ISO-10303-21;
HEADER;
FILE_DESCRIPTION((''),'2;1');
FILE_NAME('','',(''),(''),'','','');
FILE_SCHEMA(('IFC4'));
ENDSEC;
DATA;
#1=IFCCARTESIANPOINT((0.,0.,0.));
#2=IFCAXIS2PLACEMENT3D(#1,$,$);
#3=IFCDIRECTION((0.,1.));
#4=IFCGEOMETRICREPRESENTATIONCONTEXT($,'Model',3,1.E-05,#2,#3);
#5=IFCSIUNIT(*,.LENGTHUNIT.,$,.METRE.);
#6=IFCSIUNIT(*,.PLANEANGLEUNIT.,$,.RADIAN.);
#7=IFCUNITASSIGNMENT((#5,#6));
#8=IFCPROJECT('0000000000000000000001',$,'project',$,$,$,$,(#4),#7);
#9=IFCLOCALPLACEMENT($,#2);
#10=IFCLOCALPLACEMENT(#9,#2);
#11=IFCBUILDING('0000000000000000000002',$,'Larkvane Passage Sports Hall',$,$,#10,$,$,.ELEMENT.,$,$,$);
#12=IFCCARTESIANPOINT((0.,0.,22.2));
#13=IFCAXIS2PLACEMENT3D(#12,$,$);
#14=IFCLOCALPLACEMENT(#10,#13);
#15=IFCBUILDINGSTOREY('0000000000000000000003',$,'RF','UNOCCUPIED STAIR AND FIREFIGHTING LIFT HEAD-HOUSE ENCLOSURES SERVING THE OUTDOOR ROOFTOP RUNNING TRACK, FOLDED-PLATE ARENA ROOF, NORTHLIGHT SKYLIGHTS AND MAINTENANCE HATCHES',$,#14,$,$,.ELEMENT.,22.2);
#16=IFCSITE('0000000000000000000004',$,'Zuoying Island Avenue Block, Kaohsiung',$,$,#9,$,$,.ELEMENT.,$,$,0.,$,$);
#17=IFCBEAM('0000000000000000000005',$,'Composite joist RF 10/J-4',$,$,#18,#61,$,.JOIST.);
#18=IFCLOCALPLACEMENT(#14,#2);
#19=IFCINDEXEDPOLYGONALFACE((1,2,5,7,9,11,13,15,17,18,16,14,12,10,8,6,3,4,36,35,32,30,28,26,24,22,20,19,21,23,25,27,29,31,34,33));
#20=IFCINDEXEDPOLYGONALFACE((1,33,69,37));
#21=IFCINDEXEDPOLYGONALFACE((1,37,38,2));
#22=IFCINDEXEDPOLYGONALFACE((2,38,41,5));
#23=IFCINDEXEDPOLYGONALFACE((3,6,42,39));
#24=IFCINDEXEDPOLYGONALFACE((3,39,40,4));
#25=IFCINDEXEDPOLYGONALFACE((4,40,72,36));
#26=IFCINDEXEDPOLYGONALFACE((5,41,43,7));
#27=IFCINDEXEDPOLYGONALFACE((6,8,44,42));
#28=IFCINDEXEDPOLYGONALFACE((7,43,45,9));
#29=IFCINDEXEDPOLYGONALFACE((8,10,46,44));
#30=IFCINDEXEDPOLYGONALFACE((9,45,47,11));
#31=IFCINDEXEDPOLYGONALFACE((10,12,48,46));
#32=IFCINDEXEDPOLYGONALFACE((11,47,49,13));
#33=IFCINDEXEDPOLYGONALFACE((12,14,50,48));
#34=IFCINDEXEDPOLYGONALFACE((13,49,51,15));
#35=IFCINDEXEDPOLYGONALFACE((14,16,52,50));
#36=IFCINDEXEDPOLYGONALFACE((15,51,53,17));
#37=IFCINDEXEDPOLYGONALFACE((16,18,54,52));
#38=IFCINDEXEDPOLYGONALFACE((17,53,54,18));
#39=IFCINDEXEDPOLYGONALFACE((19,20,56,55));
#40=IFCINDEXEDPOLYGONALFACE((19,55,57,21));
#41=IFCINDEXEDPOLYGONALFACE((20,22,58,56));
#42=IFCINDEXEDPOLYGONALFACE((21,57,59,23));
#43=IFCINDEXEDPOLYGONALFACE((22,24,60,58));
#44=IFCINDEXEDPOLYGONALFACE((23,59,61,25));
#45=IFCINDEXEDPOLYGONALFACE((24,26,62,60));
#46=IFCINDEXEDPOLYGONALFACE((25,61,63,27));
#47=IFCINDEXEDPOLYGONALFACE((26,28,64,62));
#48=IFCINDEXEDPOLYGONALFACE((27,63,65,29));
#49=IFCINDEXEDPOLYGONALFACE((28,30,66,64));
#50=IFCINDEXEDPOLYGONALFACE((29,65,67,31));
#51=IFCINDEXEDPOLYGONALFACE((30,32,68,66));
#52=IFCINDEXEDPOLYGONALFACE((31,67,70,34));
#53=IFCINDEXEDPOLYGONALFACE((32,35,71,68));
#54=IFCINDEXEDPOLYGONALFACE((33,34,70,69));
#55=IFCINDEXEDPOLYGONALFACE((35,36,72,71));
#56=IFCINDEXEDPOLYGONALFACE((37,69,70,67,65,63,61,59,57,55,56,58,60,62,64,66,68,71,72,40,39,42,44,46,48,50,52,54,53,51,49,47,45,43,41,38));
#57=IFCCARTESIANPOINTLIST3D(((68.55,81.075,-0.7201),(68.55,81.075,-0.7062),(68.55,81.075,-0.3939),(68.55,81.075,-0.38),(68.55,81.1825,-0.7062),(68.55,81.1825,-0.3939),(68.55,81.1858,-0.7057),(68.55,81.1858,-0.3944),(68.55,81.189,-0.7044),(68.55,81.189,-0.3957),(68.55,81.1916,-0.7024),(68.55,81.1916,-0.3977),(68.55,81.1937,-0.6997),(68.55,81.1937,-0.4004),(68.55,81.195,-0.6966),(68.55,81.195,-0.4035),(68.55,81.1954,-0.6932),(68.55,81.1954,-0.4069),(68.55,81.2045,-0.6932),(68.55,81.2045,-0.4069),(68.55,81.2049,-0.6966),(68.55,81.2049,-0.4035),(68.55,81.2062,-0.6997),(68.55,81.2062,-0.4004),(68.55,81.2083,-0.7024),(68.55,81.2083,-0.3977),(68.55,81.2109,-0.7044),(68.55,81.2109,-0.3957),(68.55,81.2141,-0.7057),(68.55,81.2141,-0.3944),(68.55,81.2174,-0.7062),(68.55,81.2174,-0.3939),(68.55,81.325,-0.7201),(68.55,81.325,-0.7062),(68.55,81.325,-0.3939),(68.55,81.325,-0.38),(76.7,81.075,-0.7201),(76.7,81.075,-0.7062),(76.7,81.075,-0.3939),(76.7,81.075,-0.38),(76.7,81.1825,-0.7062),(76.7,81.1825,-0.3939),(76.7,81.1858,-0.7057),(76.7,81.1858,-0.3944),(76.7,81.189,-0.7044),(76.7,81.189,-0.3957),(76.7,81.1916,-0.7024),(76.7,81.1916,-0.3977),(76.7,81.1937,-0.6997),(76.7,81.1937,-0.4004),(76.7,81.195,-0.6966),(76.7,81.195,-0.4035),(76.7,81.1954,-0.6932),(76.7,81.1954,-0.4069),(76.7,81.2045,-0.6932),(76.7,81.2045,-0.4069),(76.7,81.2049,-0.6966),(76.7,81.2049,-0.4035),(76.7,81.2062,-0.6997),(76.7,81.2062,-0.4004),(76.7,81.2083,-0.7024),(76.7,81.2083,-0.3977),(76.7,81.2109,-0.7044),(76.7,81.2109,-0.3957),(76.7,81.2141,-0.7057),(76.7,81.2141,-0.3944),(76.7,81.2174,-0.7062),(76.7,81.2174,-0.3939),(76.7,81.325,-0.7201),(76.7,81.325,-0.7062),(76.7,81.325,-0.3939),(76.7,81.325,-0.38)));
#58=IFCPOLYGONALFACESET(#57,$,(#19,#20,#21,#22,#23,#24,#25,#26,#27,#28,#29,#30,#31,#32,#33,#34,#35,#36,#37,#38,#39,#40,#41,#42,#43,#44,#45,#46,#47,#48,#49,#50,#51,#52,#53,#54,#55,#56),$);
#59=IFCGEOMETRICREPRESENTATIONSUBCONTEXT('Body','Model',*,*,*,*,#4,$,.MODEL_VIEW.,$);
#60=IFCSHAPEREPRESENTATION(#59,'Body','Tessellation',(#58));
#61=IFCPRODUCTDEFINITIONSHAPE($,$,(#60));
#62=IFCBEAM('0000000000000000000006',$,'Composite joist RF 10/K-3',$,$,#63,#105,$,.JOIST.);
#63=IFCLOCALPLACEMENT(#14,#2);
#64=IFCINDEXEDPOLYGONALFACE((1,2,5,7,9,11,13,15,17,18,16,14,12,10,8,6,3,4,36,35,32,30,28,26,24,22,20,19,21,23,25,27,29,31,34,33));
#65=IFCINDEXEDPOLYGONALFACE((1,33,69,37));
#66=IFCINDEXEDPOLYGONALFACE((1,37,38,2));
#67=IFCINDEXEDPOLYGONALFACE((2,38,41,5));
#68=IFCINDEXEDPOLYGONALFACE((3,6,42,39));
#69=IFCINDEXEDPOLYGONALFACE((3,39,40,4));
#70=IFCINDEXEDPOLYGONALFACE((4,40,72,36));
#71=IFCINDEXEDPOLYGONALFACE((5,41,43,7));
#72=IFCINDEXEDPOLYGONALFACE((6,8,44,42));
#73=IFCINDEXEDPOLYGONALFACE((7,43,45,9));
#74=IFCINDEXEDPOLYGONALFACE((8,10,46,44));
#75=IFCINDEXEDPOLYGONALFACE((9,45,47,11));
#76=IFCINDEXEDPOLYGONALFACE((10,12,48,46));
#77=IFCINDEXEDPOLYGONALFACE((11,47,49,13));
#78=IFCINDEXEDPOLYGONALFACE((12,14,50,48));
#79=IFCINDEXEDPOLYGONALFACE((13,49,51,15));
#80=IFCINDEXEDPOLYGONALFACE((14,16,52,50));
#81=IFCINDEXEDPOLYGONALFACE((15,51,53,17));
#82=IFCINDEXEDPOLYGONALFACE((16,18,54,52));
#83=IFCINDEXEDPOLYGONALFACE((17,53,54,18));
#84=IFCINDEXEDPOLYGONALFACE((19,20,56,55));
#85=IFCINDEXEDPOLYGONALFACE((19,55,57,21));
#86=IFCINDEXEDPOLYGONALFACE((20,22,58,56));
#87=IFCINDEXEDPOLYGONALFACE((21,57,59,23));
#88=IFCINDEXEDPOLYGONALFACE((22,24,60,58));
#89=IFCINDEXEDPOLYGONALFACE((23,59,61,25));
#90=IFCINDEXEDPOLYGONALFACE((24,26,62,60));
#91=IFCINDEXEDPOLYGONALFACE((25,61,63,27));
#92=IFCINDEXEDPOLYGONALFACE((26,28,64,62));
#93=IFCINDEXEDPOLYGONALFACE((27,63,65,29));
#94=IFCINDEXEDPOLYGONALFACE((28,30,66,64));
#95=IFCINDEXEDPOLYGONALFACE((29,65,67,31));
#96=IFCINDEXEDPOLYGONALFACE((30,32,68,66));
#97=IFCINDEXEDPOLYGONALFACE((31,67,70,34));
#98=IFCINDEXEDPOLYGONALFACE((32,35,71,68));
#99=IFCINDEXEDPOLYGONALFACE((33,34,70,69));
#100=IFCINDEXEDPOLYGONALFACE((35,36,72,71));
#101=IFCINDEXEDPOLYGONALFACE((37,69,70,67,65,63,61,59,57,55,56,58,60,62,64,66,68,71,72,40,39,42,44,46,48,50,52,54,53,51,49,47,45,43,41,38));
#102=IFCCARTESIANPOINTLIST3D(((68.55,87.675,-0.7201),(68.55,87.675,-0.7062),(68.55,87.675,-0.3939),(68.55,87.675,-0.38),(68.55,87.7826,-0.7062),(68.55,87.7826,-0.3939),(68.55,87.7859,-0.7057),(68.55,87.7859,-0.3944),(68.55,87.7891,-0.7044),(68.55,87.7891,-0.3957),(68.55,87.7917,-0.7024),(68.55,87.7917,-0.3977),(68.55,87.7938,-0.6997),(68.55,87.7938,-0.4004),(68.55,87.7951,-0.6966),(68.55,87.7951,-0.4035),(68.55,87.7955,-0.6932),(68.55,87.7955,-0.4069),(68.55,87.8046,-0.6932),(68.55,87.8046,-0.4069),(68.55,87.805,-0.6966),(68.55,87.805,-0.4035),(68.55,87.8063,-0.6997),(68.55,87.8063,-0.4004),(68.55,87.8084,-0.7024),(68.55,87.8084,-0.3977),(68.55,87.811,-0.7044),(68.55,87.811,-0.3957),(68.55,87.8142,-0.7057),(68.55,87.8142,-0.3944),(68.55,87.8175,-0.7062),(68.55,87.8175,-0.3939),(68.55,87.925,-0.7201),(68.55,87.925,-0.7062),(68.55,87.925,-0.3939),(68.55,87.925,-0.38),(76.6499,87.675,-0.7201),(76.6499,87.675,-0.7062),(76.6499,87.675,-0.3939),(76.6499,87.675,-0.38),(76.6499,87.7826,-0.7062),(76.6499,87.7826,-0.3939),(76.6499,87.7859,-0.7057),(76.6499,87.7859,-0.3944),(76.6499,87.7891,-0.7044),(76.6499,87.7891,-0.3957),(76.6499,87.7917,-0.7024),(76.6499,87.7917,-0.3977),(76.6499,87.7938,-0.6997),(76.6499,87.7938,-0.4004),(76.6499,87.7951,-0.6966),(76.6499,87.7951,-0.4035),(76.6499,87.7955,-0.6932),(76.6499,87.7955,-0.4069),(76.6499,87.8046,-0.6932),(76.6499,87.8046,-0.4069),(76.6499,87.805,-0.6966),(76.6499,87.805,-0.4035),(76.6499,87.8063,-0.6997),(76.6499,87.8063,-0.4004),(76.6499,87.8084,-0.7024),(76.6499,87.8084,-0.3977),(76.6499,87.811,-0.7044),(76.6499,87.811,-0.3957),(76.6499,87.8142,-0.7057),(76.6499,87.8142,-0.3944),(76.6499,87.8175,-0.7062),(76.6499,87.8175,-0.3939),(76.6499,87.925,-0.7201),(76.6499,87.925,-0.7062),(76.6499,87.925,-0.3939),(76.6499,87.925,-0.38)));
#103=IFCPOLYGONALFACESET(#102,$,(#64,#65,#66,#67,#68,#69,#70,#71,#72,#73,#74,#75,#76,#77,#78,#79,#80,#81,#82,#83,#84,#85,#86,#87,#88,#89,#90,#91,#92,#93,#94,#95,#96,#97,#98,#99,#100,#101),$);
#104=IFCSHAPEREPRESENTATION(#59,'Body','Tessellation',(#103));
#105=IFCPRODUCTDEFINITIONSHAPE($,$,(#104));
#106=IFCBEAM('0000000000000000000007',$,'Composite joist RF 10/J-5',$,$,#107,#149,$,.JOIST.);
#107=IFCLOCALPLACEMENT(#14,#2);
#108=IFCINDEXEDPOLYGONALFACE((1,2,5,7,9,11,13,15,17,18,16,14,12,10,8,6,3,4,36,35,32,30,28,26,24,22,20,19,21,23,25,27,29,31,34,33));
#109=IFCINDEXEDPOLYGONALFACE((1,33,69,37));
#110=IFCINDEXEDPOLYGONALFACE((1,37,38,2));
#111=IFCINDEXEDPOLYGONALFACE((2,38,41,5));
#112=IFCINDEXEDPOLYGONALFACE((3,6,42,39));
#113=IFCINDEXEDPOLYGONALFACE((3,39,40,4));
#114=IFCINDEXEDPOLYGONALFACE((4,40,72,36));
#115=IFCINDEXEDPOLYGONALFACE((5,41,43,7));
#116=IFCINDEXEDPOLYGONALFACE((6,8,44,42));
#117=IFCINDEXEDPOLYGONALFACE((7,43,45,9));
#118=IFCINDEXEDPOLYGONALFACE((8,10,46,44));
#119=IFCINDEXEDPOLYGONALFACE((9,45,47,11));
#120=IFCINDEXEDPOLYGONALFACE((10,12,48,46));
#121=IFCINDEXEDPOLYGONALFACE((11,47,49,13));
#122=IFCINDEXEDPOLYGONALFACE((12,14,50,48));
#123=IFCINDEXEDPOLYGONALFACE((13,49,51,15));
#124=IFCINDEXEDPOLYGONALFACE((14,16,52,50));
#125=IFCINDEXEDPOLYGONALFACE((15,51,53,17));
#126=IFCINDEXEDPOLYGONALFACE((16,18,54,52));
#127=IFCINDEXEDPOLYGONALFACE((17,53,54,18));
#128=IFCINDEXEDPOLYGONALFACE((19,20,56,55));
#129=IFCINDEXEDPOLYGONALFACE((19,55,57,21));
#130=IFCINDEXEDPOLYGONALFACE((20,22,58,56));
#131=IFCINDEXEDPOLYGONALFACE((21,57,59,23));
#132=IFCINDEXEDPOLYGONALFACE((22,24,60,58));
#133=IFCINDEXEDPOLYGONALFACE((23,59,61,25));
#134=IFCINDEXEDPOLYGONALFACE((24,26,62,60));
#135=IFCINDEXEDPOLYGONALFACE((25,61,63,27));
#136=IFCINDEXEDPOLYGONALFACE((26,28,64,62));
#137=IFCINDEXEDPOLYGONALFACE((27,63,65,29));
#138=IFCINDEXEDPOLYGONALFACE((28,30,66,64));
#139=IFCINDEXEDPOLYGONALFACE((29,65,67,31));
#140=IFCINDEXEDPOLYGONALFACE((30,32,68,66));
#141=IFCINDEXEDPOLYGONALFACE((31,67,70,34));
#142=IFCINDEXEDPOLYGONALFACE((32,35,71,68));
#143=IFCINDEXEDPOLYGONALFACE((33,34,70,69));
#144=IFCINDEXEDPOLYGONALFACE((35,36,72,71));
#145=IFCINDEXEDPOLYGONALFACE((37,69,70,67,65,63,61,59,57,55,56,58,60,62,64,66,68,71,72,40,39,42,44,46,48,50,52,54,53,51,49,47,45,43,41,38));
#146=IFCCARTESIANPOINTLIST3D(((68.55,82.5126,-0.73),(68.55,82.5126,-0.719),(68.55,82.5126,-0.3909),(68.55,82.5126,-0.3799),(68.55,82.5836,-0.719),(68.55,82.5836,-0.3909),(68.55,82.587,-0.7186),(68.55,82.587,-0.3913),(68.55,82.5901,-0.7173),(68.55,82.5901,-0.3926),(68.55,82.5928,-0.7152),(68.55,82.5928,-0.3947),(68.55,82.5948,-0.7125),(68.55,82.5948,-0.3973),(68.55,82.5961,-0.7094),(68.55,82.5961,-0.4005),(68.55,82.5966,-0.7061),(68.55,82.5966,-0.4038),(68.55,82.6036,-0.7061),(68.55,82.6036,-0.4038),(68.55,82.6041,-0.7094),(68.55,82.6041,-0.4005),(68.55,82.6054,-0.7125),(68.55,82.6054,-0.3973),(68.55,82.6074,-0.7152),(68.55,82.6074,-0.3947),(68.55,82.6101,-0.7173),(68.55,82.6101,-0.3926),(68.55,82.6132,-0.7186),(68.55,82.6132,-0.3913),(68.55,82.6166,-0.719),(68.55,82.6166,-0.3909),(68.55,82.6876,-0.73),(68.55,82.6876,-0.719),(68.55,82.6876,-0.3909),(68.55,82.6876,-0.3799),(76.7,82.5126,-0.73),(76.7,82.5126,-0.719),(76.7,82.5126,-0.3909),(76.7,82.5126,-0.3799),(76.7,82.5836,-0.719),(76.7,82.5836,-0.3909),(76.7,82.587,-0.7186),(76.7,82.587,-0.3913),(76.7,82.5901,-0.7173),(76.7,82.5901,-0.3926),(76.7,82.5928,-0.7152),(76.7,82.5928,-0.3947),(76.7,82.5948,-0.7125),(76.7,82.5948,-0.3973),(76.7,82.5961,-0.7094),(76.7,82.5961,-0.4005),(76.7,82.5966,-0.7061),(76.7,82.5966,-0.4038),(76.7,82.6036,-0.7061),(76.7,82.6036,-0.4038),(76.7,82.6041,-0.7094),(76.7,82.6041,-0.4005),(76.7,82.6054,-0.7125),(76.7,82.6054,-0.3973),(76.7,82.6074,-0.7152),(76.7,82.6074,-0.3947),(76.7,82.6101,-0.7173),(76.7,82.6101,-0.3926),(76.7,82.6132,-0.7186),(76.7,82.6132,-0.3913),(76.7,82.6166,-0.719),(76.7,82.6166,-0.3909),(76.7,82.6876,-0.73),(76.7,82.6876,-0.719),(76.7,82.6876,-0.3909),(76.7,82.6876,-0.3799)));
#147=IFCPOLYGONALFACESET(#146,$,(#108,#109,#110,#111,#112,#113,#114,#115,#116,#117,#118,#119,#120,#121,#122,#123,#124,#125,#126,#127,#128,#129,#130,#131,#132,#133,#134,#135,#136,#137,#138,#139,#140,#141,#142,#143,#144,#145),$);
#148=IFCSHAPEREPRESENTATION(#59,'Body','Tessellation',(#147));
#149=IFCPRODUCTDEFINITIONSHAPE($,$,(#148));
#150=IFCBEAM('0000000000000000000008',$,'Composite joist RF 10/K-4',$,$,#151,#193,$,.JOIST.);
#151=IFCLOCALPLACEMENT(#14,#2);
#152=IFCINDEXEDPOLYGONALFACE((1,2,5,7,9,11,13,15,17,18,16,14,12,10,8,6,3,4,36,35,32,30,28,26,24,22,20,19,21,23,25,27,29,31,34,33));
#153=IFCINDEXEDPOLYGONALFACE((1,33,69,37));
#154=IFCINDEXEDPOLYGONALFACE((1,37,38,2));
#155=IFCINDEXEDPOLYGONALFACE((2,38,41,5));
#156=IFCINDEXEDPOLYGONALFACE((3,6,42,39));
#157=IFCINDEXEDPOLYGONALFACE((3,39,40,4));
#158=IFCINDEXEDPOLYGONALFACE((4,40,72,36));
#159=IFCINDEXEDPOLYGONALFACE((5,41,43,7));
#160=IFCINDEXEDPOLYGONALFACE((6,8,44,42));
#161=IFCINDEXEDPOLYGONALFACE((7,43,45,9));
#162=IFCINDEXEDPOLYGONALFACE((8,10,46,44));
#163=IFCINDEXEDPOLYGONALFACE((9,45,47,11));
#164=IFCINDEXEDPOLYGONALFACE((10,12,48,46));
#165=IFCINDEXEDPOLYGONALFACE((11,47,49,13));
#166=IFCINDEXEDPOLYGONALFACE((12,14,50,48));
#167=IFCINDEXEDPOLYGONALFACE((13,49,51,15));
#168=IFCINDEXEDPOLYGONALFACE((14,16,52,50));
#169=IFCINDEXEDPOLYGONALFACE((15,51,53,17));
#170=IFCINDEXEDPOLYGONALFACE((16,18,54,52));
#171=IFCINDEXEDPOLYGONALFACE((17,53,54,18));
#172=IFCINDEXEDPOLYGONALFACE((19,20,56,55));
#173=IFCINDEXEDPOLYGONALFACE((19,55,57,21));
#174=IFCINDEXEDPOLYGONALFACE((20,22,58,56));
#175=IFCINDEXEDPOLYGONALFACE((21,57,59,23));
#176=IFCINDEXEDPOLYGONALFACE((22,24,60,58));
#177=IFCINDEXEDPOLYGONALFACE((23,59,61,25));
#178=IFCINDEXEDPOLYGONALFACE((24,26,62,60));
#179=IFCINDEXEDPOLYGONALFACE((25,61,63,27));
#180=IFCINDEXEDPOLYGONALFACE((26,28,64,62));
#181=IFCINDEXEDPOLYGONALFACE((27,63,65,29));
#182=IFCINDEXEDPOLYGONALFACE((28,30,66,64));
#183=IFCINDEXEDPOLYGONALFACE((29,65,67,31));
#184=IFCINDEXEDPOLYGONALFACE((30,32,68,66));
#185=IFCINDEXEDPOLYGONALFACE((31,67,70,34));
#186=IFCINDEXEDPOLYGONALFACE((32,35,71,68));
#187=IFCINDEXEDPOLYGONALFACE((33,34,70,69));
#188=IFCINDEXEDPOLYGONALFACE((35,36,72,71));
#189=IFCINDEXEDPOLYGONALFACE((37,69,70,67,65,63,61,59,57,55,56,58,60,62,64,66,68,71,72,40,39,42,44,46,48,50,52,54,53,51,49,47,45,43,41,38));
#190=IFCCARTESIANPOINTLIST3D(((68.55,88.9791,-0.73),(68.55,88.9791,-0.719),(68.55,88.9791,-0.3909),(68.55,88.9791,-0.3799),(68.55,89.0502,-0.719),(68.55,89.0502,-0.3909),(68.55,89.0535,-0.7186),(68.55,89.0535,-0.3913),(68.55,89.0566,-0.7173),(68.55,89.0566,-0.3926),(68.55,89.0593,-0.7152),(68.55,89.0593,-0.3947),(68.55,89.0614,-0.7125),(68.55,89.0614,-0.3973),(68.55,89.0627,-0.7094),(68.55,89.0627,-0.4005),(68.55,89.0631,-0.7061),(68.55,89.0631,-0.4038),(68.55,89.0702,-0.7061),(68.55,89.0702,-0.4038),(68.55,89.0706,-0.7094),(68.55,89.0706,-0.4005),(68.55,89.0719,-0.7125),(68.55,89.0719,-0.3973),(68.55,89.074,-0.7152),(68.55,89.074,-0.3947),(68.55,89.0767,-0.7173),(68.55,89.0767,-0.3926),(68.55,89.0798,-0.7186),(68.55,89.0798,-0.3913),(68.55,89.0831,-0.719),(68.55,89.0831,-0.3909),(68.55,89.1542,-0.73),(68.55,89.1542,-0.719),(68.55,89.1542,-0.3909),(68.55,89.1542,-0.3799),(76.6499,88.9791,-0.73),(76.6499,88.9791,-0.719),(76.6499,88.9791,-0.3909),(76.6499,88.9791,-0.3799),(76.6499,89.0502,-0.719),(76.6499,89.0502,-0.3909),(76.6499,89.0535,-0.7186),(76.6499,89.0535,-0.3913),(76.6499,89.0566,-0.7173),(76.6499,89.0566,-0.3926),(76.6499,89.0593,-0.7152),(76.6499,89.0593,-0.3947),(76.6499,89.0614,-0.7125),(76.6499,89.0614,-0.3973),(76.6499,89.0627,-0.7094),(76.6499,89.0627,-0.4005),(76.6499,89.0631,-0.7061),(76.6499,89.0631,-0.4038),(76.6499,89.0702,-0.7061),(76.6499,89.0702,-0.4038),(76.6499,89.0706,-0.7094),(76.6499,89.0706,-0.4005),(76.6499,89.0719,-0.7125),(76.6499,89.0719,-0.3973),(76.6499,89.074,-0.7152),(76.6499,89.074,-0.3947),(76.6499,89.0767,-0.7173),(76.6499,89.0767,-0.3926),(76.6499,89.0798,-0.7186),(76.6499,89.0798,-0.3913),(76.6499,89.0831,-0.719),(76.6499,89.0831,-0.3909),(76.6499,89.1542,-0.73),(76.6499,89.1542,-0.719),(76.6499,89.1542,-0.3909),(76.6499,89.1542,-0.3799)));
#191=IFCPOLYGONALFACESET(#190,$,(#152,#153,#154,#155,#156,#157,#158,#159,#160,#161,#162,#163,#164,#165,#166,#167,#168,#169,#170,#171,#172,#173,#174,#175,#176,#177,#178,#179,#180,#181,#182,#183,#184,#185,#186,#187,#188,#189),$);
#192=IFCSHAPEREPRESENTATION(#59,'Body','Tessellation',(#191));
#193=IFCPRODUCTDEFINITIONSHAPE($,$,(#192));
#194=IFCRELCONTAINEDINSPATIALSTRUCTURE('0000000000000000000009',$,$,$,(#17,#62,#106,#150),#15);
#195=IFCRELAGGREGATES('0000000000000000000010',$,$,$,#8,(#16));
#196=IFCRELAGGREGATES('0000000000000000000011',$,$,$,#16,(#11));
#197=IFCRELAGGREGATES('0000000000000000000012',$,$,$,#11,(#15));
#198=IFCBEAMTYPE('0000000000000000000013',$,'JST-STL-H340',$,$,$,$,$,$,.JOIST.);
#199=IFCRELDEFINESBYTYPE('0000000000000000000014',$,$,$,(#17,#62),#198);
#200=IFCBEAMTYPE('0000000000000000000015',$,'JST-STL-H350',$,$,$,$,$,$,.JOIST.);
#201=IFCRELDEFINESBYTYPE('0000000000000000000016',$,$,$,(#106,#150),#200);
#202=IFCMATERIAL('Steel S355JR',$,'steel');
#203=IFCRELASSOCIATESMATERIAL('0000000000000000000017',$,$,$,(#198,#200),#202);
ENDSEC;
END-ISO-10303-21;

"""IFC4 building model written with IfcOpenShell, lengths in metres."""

from ifc_helpers import new_model, si_unit, direction, frame, origin, origin_2d, place, context, subcontext, project, spatial, i_section, extrude, material, material_profile, profile_set, type_object, element, save


model = new_model("IFC4")

# Units and contexts
model_context = context("Model", 3, precision=1e-05, world=origin(), true_north=direction((0.0, 1.0)))
body_context = subcontext(model_context, "Body", "Model", "MODEL_VIEW")
ifc_project = project(units=[si_unit("LENGTHUNIT", "METRE"), si_unit("PLANEANGLEUNIT", "RADIAN")], contexts=[model_context])

# Site, building, storey
site_placement = place(None, origin())
site = spatial("IfcSite", under=ifc_project, at=site_placement, Name="Zuoying Island Avenue Block, Kaohsiung", CompositionType="ELEMENT", RefElevation=0.0)
building_placement = place(site_placement, origin())
building = spatial("IfcBuilding", under=site, at=building_placement, Name="Larkvane Passage Sports Hall", CompositionType="ELEMENT")
storey_placement = place(building_placement, frame((0.0, 0.0, 22.2)))
storey = spatial("IfcBuildingStorey", under=building, at=storey_placement, Name="RF", Description="UNOCCUPIED STAIR AND FIREFIGHTING LIFT HEAD-HOUSE ENCLOSURES SERVING THE OUTDOOR ROOFTOP RUNNING TRACK, FOLDED-PLATE ARENA ROOF, NORTHLIGHT SKYLIGHTS AND MAINTENANCE HATCHES", CompositionType="ELEMENT", Elevation=22.2)

# Shared definitions
ifc_material_1 = material(Name="Steel S355JR", Category="steel")

# Beams
ifc_material_profile_1 = material_profile(ifc_material_1, i_section(OverallWidth=0.25, OverallDepth=0.3401, WebThickness=0.009, FlangeThickness=0.0139, FilletRadius=0.0129, at=origin_2d()), Name="H-340x250x9x14")
ifc_profile_set_1 = profile_set([ifc_material_profile_1], Name="Steel S355JR")
beam_type_1 = type_object("IfcBeamType", Name="JST-STL-H340", PredefinedType="JOIST", material=ifc_profile_set_1)
beam_1_placement = place(storey_placement, frame((68.55, 81.2, -0.55), z_axis=(1.0, 0.0, 0.0), x_axis=(0.0, 1.0, 0.0)))
element("IfcBeam", 1, at=beam_1_placement, inside=storey, type_object=beam_type_1, Name="Composite joist RF 10/J-4", PredefinedType="JOIST", context=body_context, shape_type="SweptSolid", body=[
    extrude(i_section(OverallWidth=0.25, OverallDepth=0.3401, WebThickness=0.009, FlangeThickness=0.0139, FilletRadius=0.0129, at=origin_2d()), origin(), (0.0, 0.0, 1.0), 8.1499),
])
beam_2_placement = place(storey_placement, frame((68.55, 87.8, -0.55), z_axis=(1.0, 0.0, 0.0), x_axis=(0.0, 1.0, 0.0)))
element("IfcBeam", 2, at=beam_2_placement, inside=storey, type_object=beam_type_1, Name="Composite joist RF 10/K-3", PredefinedType="JOIST", context=body_context, shape_type="SweptSolid", body=[
    extrude(i_section(OverallWidth=0.25, OverallDepth=0.3401, WebThickness=0.009, FlangeThickness=0.0139, FilletRadius=0.0129, at=origin_2d()), origin(), (0.0, 0.0, 1.0), 8.0999),
])
ifc_material_profile_2 = material_profile(ifc_material_1, i_section(OverallWidth=0.175, OverallDepth=0.3501, WebThickness=0.0071, FlangeThickness=0.011, FilletRadius=0.0129, at=origin_2d()), Name="H-350x175x7x11")
ifc_profile_set_2 = profile_set([ifc_material_profile_2], Name="Steel S355JR")
beam_type_2 = type_object("IfcBeamType", Name="JST-STL-H350", PredefinedType="JOIST", material=ifc_profile_set_2)
beam_3_placement = place(storey_placement, frame((68.55, 82.6001, -0.5549), z_axis=(1.0, 0.0, 0.0), x_axis=(0.0, 1.0, 0.0)))
element("IfcBeam", 3, at=beam_3_placement, inside=storey, type_object=beam_type_2, Name="Composite joist RF 10/J-5", PredefinedType="JOIST", context=body_context, shape_type="SweptSolid", body=[
    extrude(i_section(OverallWidth=0.175, OverallDepth=0.3501, WebThickness=0.0071, FlangeThickness=0.011, FilletRadius=0.0129, at=origin_2d()), origin(), (0.0, 0.0, 1.0), 8.1499),
])
beam_4_placement = place(storey_placement, frame((68.55, 89.0667, -0.5549), z_axis=(1.0, 0.0, 0.0), x_axis=(0.0, 1.0, 0.0)))
element("IfcBeam", 4, at=beam_4_placement, inside=storey, type_object=beam_type_2, Name="Composite joist RF 10/K-4", PredefinedType="JOIST", context=body_context, shape_type="SweptSolid", body=[
    extrude(i_section(OverallWidth=0.175, OverallDepth=0.3501, WebThickness=0.0071, FlangeThickness=0.011, FilletRadius=0.0129, at=origin_2d()), origin(), (0.0, 0.0, 1.0), 8.0999),
])

save(model, "model.ifc")
